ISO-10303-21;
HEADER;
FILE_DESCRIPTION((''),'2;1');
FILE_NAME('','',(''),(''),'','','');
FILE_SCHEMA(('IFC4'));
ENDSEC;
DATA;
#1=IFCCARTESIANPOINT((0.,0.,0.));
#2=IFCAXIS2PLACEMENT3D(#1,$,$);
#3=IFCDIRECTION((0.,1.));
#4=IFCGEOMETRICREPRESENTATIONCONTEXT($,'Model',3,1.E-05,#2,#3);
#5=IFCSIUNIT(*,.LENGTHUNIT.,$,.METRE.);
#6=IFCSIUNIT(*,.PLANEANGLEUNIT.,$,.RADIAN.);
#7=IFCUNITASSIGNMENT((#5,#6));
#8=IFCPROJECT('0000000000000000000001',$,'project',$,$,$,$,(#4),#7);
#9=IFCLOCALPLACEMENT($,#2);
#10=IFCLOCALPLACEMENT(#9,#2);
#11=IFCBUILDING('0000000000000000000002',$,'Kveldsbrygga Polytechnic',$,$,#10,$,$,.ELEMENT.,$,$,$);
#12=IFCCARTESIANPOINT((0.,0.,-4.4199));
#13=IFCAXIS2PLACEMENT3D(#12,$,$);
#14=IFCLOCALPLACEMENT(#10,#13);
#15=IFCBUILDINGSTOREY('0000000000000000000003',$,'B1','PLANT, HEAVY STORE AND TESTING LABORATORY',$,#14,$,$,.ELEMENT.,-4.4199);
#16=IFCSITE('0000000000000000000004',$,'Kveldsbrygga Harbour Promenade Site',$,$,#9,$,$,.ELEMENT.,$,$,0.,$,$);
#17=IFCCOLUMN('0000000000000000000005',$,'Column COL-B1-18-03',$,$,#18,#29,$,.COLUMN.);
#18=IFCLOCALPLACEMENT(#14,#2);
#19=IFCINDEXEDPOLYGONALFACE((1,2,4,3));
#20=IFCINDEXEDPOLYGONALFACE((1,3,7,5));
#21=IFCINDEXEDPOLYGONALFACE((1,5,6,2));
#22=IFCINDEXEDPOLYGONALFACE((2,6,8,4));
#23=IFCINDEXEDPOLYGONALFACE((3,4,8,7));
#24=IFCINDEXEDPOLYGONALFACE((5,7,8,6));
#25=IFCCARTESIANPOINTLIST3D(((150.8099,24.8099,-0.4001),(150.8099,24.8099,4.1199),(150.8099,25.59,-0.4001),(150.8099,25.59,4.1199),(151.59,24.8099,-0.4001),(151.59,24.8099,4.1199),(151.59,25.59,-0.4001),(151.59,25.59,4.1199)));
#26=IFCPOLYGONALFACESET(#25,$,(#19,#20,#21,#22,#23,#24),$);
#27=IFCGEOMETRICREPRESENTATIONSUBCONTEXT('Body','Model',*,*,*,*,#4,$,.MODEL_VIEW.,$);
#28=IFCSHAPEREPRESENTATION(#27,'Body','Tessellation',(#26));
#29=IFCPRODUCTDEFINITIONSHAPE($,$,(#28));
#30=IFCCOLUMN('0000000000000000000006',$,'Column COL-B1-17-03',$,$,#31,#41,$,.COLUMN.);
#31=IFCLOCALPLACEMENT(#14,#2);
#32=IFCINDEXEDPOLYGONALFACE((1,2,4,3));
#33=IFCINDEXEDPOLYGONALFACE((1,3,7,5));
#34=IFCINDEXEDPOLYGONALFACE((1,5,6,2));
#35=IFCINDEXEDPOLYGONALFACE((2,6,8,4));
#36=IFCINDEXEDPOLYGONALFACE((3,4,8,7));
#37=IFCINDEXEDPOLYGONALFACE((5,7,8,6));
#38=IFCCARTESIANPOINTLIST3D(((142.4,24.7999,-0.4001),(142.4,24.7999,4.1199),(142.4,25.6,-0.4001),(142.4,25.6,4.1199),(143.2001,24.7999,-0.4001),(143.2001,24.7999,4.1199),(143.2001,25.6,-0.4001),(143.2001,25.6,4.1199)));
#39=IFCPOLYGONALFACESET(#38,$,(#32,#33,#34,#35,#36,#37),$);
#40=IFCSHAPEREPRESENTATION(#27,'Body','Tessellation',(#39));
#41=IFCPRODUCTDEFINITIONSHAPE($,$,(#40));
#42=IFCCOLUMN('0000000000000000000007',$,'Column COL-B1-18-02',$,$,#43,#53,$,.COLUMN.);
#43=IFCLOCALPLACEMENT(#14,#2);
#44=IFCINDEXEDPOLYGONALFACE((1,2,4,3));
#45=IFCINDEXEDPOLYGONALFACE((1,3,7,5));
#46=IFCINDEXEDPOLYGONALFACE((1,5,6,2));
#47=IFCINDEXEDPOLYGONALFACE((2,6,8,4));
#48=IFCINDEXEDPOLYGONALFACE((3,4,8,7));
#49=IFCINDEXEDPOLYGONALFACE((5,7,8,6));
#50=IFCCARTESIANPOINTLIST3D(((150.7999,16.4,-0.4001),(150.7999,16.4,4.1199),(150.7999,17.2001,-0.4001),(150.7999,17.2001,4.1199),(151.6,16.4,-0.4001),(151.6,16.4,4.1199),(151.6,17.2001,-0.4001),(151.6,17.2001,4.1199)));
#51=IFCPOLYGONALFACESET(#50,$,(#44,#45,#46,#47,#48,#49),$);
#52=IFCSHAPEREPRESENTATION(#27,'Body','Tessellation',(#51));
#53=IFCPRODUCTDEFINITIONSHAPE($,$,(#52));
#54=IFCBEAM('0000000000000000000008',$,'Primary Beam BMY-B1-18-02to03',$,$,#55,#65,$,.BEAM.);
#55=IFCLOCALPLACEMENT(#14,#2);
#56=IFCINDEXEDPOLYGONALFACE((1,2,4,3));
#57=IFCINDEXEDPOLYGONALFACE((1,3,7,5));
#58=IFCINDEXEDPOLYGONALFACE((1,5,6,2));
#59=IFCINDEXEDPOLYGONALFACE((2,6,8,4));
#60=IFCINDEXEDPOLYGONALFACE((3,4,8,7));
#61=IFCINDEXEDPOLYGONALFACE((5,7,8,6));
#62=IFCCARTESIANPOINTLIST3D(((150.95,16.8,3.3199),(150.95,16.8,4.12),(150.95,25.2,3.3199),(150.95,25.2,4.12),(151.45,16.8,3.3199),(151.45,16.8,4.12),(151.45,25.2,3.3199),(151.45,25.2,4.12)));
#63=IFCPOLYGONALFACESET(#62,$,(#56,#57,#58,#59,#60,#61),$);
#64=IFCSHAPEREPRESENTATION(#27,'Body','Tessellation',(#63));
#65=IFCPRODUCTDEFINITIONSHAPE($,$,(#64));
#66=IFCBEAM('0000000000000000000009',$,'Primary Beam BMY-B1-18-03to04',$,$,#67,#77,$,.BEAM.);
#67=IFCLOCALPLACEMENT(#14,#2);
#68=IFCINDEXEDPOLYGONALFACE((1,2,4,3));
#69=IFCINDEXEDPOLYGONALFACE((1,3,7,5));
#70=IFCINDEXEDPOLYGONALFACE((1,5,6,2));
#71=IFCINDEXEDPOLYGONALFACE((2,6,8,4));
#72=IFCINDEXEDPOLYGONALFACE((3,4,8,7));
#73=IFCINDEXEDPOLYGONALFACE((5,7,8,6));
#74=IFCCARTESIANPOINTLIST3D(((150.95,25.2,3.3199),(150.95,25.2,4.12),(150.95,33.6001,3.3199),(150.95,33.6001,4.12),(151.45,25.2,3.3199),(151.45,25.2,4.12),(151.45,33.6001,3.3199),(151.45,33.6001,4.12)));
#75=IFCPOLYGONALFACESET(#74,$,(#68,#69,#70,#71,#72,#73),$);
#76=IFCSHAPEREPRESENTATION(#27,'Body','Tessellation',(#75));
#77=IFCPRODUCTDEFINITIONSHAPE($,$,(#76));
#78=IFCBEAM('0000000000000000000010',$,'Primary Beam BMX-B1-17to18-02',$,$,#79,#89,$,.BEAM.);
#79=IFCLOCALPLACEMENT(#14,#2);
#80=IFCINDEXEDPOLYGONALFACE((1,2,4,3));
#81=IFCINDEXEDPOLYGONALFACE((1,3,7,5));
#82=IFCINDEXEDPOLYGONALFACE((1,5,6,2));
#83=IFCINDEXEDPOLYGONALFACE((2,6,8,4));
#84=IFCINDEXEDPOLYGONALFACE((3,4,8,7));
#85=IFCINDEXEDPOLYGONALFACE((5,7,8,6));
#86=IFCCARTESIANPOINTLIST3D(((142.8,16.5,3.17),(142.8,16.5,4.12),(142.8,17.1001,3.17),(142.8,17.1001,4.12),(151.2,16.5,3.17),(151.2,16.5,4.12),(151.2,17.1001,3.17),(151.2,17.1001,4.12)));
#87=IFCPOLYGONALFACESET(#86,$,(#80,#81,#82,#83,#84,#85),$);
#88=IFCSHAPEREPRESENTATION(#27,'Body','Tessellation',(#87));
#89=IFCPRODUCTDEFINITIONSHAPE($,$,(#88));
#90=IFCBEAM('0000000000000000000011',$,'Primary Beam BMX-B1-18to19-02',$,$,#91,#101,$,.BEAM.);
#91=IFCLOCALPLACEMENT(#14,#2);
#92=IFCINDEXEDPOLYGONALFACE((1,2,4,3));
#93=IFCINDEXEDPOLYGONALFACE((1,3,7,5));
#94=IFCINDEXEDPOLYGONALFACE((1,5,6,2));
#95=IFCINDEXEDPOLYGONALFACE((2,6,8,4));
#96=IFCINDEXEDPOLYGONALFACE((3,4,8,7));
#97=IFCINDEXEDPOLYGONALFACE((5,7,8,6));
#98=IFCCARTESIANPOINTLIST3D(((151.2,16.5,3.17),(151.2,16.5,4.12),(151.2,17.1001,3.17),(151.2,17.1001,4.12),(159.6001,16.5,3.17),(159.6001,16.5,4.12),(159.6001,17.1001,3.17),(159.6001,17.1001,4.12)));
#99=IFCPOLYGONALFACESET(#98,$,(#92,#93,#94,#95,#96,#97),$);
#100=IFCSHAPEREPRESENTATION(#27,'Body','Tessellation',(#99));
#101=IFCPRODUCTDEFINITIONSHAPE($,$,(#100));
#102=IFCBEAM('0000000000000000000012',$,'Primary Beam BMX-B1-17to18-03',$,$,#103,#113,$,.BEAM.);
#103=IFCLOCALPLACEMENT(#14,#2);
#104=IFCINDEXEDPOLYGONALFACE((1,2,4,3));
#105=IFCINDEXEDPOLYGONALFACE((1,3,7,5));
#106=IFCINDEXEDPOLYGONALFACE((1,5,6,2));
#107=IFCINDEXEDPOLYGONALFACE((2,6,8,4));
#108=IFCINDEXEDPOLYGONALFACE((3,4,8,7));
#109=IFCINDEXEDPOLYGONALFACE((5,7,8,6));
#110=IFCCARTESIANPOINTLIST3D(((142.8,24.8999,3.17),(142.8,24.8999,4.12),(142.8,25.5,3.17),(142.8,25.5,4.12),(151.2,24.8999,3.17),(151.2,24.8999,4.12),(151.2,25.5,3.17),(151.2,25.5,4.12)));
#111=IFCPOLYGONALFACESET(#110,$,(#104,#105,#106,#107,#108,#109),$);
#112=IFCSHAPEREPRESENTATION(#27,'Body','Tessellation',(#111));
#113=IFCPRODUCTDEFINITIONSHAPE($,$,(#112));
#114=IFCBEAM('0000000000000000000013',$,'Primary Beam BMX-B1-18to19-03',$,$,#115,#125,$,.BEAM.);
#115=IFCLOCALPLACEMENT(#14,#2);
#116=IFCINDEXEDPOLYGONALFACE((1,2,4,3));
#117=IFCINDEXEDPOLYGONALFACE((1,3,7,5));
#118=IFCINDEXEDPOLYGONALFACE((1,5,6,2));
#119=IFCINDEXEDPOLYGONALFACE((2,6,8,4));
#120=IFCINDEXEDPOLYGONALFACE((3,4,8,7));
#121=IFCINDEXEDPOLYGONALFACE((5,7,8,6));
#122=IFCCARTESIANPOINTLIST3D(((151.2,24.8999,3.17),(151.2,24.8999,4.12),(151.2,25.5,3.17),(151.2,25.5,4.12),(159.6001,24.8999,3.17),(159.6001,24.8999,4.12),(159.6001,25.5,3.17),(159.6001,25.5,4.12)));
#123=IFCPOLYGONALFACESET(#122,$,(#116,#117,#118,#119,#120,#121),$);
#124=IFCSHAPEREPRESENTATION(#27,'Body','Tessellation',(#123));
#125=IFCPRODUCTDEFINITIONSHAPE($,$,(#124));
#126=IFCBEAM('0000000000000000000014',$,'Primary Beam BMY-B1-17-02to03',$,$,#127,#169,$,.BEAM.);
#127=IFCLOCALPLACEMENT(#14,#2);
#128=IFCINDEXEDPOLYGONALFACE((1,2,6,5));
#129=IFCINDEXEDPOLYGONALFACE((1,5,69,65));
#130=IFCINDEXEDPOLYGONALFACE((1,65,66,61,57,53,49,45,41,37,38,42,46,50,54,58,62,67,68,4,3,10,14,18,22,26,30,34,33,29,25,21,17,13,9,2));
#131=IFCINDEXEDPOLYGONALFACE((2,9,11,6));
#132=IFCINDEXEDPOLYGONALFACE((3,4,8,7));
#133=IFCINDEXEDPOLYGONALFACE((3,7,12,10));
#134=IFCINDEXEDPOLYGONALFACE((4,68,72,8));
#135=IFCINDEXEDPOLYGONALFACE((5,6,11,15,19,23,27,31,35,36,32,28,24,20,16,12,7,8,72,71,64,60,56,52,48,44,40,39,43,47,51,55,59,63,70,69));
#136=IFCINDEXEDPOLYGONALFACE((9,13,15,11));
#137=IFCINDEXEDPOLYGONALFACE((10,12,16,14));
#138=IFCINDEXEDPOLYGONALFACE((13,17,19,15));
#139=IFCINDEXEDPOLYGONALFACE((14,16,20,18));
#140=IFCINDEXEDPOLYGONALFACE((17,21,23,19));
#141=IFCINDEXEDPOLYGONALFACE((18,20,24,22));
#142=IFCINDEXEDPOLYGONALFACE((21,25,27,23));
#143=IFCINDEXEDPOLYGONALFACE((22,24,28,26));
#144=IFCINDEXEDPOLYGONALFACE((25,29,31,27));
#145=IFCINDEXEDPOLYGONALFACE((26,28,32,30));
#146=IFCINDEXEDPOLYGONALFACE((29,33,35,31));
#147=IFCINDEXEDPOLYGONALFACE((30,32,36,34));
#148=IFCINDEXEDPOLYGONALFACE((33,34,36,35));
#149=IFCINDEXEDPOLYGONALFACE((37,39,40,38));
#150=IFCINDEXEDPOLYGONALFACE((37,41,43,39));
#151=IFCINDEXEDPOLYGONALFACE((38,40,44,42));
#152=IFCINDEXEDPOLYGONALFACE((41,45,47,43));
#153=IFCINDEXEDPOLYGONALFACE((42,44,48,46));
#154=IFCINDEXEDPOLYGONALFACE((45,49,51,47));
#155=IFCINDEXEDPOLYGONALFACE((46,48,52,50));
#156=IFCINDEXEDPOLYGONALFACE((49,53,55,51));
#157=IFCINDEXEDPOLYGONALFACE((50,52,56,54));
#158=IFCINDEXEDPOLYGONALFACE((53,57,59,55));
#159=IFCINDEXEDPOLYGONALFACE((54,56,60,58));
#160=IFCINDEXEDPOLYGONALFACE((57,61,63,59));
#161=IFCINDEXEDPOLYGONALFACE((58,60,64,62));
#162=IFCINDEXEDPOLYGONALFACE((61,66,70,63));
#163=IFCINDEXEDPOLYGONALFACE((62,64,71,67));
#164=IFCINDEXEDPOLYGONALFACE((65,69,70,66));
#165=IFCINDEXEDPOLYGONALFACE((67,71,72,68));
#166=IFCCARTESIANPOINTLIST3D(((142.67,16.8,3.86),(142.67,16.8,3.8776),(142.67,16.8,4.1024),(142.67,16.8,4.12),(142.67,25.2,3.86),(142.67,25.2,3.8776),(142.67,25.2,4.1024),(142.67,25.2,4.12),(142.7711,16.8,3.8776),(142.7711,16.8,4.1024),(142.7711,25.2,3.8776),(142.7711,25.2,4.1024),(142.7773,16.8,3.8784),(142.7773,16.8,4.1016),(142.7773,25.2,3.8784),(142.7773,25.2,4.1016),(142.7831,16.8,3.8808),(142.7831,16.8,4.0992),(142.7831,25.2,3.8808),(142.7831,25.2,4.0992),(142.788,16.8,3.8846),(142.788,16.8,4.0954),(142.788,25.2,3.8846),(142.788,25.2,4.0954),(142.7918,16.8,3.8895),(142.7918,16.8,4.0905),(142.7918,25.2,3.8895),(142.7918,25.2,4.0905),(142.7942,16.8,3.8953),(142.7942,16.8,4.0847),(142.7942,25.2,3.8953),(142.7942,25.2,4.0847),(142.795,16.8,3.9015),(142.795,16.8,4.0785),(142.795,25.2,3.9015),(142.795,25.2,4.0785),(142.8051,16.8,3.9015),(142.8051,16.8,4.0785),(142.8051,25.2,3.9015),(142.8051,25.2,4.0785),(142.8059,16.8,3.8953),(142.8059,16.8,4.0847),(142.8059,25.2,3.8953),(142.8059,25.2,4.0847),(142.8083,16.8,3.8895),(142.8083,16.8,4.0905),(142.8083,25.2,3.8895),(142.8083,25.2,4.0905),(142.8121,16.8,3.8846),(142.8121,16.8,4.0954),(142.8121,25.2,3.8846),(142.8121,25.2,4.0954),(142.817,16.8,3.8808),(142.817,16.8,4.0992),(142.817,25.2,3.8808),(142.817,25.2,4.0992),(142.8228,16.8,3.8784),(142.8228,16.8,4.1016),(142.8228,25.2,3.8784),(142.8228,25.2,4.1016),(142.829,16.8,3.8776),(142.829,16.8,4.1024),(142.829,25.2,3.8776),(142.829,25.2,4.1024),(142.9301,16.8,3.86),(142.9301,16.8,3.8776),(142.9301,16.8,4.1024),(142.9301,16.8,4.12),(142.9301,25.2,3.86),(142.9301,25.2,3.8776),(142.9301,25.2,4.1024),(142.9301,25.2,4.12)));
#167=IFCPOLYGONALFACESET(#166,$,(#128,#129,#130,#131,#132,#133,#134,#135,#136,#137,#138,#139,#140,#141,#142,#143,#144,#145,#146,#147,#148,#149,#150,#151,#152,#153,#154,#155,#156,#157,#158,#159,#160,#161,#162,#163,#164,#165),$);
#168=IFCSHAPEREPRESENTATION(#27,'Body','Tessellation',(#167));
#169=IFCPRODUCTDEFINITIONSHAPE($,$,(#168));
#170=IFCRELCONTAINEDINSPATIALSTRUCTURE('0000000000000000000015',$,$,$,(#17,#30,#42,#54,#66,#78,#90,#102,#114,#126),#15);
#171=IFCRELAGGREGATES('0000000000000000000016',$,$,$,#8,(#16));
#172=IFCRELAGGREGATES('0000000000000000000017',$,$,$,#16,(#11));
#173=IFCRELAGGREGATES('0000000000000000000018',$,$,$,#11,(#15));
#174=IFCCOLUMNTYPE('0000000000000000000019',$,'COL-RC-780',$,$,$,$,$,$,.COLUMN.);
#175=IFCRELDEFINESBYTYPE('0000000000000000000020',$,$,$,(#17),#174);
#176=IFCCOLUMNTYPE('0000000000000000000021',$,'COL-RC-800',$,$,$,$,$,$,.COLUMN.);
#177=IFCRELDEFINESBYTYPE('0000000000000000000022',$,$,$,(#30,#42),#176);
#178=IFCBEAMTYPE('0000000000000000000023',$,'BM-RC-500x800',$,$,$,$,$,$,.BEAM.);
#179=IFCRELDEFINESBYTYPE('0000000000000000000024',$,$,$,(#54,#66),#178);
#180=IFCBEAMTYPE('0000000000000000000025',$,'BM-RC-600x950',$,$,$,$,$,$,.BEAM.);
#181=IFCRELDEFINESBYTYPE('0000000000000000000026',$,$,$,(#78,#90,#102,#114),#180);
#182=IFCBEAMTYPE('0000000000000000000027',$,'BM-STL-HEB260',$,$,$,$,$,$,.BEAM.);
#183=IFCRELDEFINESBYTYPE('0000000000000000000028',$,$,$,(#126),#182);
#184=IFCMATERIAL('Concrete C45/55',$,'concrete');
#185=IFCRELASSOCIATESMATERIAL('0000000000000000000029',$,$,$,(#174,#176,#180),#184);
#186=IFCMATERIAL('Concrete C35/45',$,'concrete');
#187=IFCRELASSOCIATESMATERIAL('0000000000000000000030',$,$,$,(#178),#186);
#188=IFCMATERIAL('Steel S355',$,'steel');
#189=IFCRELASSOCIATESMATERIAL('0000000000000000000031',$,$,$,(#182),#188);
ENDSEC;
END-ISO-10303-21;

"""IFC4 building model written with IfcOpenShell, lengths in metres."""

from ifc_helpers import new_model, si_unit, direction, frame, origin, origin_2d, place, context, subcontext, project, spatial, rectangle, i_section, extrude, material, material_profile, profile_set, type_object, element, save


model = new_model("IFC4")

# Units and contexts
model_context = context("Model", 3, precision=1e-05, world=origin(), true_north=direction((0.0, 1.0)))
body_context = subcontext(model_context, "Body", "Model", "MODEL_VIEW")
ifc_project = project(units=[si_unit("LENGTHUNIT", "METRE"), si_unit("PLANEANGLEUNIT", "RADIAN")], contexts=[model_context])

# Site, building, storey
site_placement = place(None, origin())
site = spatial("IfcSite", under=ifc_project, at=site_placement, Name="Kveldsbrygga Harbour Promenade Site", CompositionType="ELEMENT", RefElevation=0.0)
building_placement = place(site_placement, origin())
building = spatial("IfcBuilding", under=site, at=building_placement, Name="Kveldsbrygga Polytechnic", CompositionType="ELEMENT")
storey_placement = place(building_placement, frame((0.0, 0.0, -4.4199)))
storey = spatial("IfcBuildingStorey", under=building, at=storey_placement, Name="B1", Description="PLANT, HEAVY STORE AND TESTING LABORATORY", CompositionType="ELEMENT", Elevation=-4.4199)

# Shared definitions
ifc_material_1 = material(Name="Concrete C45/55", Category="concrete")

# Columns
ifc_material_profile_1 = material_profile(ifc_material_1, rectangle(XDim=0.78, YDim=0.78, at=origin_2d()), Name="RC 780x780")
ifc_profile_set_1 = profile_set([ifc_material_profile_1], Name="Concrete C45/55")
column_type_1 = type_object("IfcColumnType", Name="COL-RC-780", PredefinedType="COLUMN", material=ifc_profile_set_1)
column_placement = place(storey_placement, frame((151.2, 25.2, -0.4001), z_axis=(0.0, 0.0, 1.0), x_axis=(1.0, 0.0, 0.0)))
element("IfcColumn", 1, at=column_placement, inside=storey, type_object=column_type_1, Name="Column COL-B1-18-03", PredefinedType="COLUMN", context=body_context, shape_type="SweptSolid", body=[
    extrude(rectangle(XDim=0.78, YDim=0.78, at=origin_2d()), origin(), (0.0, 0.0, 1.0), 4.52),
])
ifc_material_profile_2 = material_profile(ifc_material_1, rectangle(XDim=0.8, YDim=0.8, at=origin_2d()), Name="RC 800x800")
ifc_profile_set_2 = profile_set([ifc_material_profile_2], Name="Concrete C45/55")
column_type_2 = type_object("IfcColumnType", Name="COL-RC-800", PredefinedType="COLUMN", material=ifc_profile_set_2)
for number, where, z_axis, x_axis, name in (
    (2, (142.8, 25.2, -0.4001), (0.0, 0.0, 1.0), (1.0, 0.0, 0.0), "Column COL-B1-17-03"),
    (3, (151.2, 16.8, -0.4001), (0.0, 0.0, 1.0), (1.0, 0.0, 0.0), "Column COL-B1-18-02"),
):
    element("IfcColumn", number, at=place(storey_placement, frame(where, z_axis=z_axis, x_axis=x_axis)), inside=storey, type_object=column_type_2, Name=name, PredefinedType="COLUMN", context=body_context, shape_type="SweptSolid", body=[
        extrude(rectangle(XDim=0.8, YDim=0.8, at=origin_2d()), origin(), (0.0, 0.0, 1.0), 4.52),
    ])

# Beams
ifc_material_2 = material(Name="Concrete C35/45", Category="concrete")
ifc_material_profile_3 = material_profile(ifc_material_2, rectangle(XDim=0.5, YDim=0.8, at=origin_2d()), Name="RC 500x800")
ifc_profile_set_3 = profile_set([ifc_material_profile_3], Name="Concrete C35/45")
beam_type_1 = type_object("IfcBeamType", Name="BM-RC-500x800", PredefinedType="BEAM", material=ifc_profile_set_3)
beam_1_placement = place(storey_placement, frame((151.2, 16.8, 3.72), z_axis=(0.0, 1.0, 0.0), x_axis=(-1.0, 0.0, 0.0)))
element("IfcBeam", 4, at=beam_1_placement, inside=storey, type_object=beam_type_1, Name="Primary Beam BMY-B1-18-02to03", PredefinedType="BEAM", context=body_context, shape_type="SweptSolid", body=[
    extrude(rectangle(XDim=0.5, YDim=0.8, at=origin_2d()), origin(), (0.0, 0.0, 1.0), 8.3999),
])
beam_2_placement = place(storey_placement, frame((151.2, 25.2, 3.72), z_axis=(0.0, 1.0, 0.0), x_axis=(-1.0, 0.0, 0.0)))
element("IfcBeam", 5, at=beam_2_placement, inside=storey, type_object=beam_type_1, Name="Primary Beam BMY-B1-18-03to04", PredefinedType="BEAM", context=body_context, shape_type="SweptSolid", body=[
    extrude(rectangle(XDim=0.5, YDim=0.8, at=origin_2d()), origin(), (0.0, 0.0, 1.0), 8.4001),
])
ifc_material_profile_4 = material_profile(ifc_material_1, rectangle(XDim=0.6001, YDim=0.95, at=origin_2d()), Name="RC 600x950")
ifc_profile_set_4 = profile_set([ifc_material_profile_4], Name="Concrete C45/55")
beam_type_2 = type_object("IfcBeamType", Name="BM-RC-600x950", PredefinedType="BEAM", material=ifc_profile_set_4)
beam_3_placement = place(storey_placement, frame((142.8, 16.8, 3.645), z_axis=(1.0, 0.0, 0.0), x_axis=(0.0, 1.0, 0.0)))
element("IfcBeam", 6, at=beam_3_placement, inside=storey, type_object=beam_type_2, Name="Primary Beam BMX-B1-17to18-02", PredefinedType="BEAM", context=body_context, shape_type="SweptSolid", body=[
    extrude(rectangle(XDim=0.6001, YDim=0.95, at=origin_2d()), origin(), (0.0, 0.0, 1.0), 8.3999),
])
beam_4_placement = place(storey_placement, frame((151.2, 16.8, 3.645), z_axis=(1.0, 0.0, 0.0), x_axis=(0.0, 1.0, 0.0)))
element("IfcBeam", 7, at=beam_4_placement, inside=storey, type_object=beam_type_2, Name="Primary Beam BMX-B1-18to19-02", PredefinedType="BEAM", context=body_context, shape_type="SweptSolid", body=[
    extrude(rectangle(XDim=0.6001, YDim=0.95, at=origin_2d()), origin(), (0.0, 0.0, 1.0), 8.4001),
])
beam_5_placement = place(storey_placement, frame((142.8, 25.2, 3.645), z_axis=(1.0, 0.0, 0.0), x_axis=(0.0, 1.0, 0.0)))
element("IfcBeam", 8, at=beam_5_placement, inside=storey, type_object=beam_type_2, Name="Primary Beam BMX-B1-17to18-03", PredefinedType="BEAM", context=body_context, shape_type="SweptSolid", body=[
    extrude(rectangle(XDim=0.6001, YDim=0.95, at=origin_2d()), origin(), (0.0, 0.0, 1.0), 8.3999),
])
beam_6_placement = place(storey_placement, frame((151.2, 25.2, 3.645), z_axis=(1.0, 0.0, 0.0), x_axis=(0.0, 1.0, 0.0)))
element("IfcBeam", 9, at=beam_6_placement, inside=storey, type_object=beam_type_2, Name="Primary Beam BMX-B1-18to19-03", PredefinedType="BEAM", context=body_context, shape_type="SweptSolid", body=[
    extrude(rectangle(XDim=0.6001, YDim=0.95, at=origin_2d()), origin(), (0.0, 0.0, 1.0), 8.4001),
])
ifc_material_3 = material(Name="Steel S355", Category="steel")
ifc_material_profile_5 = material_profile(ifc_material_3, i_section(OverallWidth=0.26, OverallDepth=0.26, WebThickness=0.01, FlangeThickness=0.0176, FilletRadius=0.0239, at=origin_2d()), Name="HEB 260")
ifc_profile_set_5 = profile_set([ifc_material_profile_5], Name="Steel S355")
beam_type_3 = type_object("IfcBeamType", Name="BM-STL-HEB260", PredefinedType="BEAM", material=ifc_profile_set_5)
beam_7_placement = place(storey_placement, frame((142.8, 16.8, 3.99), z_axis=(0.0, 1.0, 0.0), x_axis=(-1.0, 0.0, 0.0)))
element("IfcBeam", 10, at=beam_7_placement, inside=storey, type_object=beam_type_3, Name="Primary Beam BMY-B1-17-02to03", PredefinedType="BEAM", context=body_context, shape_type="SweptSolid", body=[
    extrude(i_section(OverallWidth=0.26, OverallDepth=0.26, WebThickness=0.01, FlangeThickness=0.0176, FilletRadius=0.0239, at=origin_2d()), origin(), (0.0, 0.0, 1.0), 8.3999),
])

save(model, "model.ifc")
